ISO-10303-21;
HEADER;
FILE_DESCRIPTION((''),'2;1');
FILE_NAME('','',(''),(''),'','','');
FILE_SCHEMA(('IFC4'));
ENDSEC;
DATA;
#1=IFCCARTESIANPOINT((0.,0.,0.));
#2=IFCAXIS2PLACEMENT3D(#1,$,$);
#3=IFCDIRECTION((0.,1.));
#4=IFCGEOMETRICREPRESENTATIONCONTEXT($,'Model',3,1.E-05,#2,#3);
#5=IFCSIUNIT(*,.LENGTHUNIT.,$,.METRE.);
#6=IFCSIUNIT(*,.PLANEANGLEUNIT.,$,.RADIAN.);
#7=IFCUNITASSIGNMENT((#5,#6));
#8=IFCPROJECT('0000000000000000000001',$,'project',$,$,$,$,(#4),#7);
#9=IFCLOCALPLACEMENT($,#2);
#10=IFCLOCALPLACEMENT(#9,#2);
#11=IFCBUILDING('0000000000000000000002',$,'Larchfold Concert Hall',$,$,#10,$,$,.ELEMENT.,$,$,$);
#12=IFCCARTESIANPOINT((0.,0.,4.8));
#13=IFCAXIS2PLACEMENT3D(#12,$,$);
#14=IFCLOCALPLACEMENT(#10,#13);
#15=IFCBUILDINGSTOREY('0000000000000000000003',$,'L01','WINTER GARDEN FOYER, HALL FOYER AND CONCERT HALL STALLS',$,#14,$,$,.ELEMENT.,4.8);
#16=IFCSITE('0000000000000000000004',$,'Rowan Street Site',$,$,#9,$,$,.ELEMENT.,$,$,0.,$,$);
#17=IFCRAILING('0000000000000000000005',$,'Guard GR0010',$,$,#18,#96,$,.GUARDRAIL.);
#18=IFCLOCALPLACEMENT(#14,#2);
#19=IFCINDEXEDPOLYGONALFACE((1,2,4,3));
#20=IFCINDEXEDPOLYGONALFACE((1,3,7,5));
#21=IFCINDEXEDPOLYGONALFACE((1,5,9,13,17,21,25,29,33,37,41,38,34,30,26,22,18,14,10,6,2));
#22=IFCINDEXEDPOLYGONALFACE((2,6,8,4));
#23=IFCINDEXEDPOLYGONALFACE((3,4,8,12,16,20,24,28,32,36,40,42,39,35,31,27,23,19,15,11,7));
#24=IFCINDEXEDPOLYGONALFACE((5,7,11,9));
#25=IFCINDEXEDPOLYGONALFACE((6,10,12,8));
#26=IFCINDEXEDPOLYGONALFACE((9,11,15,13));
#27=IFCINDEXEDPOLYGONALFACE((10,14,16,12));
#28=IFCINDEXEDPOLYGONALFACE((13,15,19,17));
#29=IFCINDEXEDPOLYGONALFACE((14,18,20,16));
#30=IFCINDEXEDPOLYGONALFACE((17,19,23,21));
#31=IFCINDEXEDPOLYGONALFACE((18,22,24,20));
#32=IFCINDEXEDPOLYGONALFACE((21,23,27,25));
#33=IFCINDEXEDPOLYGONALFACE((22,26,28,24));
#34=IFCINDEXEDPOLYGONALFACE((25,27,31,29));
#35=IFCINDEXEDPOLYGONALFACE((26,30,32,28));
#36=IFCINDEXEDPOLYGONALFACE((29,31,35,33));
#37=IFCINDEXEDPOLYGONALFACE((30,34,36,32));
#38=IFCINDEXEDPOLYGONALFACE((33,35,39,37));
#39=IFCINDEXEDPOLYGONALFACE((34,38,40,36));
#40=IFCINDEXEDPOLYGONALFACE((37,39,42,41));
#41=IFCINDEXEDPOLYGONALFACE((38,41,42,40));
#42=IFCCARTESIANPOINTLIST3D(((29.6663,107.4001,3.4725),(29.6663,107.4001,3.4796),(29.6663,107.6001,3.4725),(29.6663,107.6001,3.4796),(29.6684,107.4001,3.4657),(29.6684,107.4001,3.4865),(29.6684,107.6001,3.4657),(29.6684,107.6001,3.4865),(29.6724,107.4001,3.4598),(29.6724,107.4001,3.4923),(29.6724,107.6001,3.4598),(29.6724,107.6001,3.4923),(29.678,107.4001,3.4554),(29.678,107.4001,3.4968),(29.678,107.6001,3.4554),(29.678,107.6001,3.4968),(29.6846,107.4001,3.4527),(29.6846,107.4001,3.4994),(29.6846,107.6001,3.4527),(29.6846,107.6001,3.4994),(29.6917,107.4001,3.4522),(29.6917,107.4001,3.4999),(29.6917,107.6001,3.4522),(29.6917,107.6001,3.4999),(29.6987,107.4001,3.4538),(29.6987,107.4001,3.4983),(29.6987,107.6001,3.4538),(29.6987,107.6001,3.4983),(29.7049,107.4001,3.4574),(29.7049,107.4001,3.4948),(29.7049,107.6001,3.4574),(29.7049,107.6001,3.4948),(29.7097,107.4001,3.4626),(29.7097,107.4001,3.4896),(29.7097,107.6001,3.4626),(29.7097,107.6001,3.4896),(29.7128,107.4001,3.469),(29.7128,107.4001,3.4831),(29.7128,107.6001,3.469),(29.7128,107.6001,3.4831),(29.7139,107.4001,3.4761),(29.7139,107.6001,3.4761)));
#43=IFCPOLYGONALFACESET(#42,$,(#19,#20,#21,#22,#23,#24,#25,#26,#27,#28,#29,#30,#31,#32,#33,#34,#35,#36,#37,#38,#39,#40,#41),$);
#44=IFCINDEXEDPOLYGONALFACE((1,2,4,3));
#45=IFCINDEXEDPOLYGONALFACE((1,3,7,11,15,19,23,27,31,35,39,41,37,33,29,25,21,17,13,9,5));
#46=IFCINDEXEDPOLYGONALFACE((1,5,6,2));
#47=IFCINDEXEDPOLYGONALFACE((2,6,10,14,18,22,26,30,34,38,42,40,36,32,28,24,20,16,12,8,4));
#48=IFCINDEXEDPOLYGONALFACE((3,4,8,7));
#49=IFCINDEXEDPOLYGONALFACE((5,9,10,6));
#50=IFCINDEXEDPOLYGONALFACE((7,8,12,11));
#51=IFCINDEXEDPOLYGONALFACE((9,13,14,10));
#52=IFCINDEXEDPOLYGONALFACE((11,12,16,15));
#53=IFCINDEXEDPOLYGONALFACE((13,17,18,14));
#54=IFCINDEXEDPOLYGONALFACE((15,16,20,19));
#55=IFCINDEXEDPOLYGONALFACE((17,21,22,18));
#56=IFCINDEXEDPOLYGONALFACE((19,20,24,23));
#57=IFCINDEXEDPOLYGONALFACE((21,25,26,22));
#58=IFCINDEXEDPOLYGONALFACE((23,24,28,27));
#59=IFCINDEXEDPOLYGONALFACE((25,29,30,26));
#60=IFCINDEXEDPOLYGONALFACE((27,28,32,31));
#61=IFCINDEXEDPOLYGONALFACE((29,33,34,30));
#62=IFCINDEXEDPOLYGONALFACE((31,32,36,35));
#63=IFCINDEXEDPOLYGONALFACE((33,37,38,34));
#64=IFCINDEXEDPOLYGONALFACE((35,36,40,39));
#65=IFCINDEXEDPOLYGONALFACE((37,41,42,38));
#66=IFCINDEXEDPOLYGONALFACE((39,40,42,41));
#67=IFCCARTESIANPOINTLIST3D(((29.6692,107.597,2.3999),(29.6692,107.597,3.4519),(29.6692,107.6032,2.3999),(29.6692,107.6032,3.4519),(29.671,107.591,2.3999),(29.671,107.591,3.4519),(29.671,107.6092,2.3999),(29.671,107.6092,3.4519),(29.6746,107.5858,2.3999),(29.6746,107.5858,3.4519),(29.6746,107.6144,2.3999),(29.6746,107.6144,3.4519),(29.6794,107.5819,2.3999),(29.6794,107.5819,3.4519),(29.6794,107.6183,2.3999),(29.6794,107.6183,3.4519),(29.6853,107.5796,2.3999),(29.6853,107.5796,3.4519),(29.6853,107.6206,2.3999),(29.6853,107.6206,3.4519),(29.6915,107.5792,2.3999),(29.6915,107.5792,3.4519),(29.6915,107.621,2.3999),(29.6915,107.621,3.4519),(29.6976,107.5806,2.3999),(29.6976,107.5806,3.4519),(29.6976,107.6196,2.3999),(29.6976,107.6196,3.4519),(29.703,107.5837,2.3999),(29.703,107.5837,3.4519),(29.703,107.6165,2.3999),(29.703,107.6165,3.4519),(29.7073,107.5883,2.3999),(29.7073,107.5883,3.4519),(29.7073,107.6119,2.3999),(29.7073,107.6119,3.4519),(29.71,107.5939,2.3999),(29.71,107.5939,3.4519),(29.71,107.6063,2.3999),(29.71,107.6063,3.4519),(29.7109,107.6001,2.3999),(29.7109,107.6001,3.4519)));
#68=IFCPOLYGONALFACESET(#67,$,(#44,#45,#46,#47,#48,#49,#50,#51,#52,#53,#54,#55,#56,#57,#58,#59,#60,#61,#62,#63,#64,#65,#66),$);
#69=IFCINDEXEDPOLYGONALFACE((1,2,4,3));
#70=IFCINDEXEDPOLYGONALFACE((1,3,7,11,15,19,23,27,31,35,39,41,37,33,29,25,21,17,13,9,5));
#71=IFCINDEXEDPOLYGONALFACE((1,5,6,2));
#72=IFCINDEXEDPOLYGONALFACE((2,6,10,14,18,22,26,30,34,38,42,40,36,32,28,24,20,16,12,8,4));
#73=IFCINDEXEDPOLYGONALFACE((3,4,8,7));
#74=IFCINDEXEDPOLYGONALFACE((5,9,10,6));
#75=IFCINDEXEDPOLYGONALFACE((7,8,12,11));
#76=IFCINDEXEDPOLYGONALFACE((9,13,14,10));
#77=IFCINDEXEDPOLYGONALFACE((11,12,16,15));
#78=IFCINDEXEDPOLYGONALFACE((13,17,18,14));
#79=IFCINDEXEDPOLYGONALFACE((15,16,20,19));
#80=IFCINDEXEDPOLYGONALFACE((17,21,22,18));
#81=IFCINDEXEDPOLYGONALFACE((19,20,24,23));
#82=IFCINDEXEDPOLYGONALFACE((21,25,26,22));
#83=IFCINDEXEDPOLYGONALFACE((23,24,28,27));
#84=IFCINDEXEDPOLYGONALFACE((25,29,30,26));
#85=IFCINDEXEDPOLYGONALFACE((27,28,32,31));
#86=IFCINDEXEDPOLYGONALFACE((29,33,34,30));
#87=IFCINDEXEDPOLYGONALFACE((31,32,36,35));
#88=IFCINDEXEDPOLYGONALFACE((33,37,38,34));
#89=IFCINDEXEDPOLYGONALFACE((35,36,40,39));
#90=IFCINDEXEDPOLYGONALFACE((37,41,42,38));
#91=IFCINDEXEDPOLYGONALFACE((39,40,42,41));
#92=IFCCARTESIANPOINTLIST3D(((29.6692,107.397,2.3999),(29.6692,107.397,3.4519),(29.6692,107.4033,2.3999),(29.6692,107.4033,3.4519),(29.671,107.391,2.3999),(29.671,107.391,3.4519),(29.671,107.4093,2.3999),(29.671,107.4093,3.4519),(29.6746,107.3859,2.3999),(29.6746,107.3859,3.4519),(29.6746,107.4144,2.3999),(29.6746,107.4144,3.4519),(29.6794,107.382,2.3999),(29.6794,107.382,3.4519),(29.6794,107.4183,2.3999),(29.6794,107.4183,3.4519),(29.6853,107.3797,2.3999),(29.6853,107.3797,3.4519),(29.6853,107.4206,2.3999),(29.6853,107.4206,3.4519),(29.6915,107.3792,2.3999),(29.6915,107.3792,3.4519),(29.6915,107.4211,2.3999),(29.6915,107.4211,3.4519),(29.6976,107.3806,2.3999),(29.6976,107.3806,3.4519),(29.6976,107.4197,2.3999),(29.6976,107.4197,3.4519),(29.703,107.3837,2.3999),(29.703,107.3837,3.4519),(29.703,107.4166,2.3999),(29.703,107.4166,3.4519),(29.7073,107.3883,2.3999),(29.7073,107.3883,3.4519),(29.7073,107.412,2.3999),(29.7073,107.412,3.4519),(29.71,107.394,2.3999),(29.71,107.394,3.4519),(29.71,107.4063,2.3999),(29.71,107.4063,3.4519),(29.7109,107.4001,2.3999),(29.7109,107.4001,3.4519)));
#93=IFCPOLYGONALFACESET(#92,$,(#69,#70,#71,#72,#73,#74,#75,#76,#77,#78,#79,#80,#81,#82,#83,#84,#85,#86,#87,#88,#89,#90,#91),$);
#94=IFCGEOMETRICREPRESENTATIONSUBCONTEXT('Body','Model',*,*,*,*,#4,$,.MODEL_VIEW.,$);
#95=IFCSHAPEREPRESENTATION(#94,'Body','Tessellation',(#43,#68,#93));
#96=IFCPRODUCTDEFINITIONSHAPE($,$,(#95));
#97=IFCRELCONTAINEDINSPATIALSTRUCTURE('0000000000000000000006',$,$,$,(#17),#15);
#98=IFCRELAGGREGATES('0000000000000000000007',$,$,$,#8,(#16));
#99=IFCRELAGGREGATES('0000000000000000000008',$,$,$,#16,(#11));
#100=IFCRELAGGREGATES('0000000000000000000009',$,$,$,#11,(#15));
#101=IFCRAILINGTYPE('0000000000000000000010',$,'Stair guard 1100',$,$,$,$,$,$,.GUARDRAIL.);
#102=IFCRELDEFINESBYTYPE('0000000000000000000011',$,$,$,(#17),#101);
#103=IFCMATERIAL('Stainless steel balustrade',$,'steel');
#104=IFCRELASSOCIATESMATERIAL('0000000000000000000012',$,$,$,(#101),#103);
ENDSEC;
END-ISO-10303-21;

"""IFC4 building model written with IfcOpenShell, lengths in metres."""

from ifc_helpers import new_model, si_unit, direction, frame, origin, origin_2d, place, context, subcontext, project, spatial, circle, extrude, material, type_object, element, save


model = new_model("IFC4")

# Units and contexts
model_context = context("Model", 3, precision=1e-05, world=origin(), true_north=direction((0.0, 1.0)))
body_context = subcontext(model_context, "Body", "Model", "MODEL_VIEW")
ifc_project = project(units=[si_unit("LENGTHUNIT", "METRE"), si_unit("PLANEANGLEUNIT", "RADIAN")], contexts=[model_context])

# Site, building, storey
site_placement = place(None, origin())
site = spatial("IfcSite", under=ifc_project, at=site_placement, Name="Rowan Street Site", CompositionType="ELEMENT", RefElevation=0.0)
building_placement = place(site_placement, origin())
building = spatial("IfcBuilding", under=site, at=building_placement, Name="Larchfold Concert Hall", CompositionType="ELEMENT")
storey_placement = place(building_placement, frame((0.0, 0.0, 4.8)))
storey = spatial("IfcBuildingStorey", under=building, at=storey_placement, Name="L01", Description="WINTER GARDEN FOYER, HALL FOYER AND CONCERT HALL STALLS", CompositionType="ELEMENT", Elevation=4.8)

# Railing
ifc_material_1 = material(Name="Stainless steel balustrade", Category="steel")
railing_type_1 = type_object("IfcRailingType", Name="Stair guard 1100", PredefinedType="GUARDRAIL", material=ifc_material_1)
railing_1_placement = place(storey_placement, frame((29.6899, 107.6001, 2.3999)))
element("IfcRailing", 1, at=railing_1_placement, inside=storey, type_object=railing_type_1, Name="Guard GR0010", PredefinedType="GUARDRAIL", context=body_context, shape_type="SweptSolid", body=[
    extrude(circle(Radius=0.0239, at=origin_2d()), frame((0.0, 0.0, 1.0762), z_axis=(0.0, -1.0, 0.0), x_axis=(1.0, 0.0, 0.0)), (0.0, 0.0, 1.0), 0.2),
    extrude(circle(Radius=0.021, at=origin_2d()), origin(), (0.0, 0.0, 1.0), 1.052),
    extrude(circle(Radius=0.021, at=origin_2d()), frame((0.0, -0.2, 0.0)), (0.0, 0.0, 1.0), 1.052),
])

save(model, "model.ifc")
